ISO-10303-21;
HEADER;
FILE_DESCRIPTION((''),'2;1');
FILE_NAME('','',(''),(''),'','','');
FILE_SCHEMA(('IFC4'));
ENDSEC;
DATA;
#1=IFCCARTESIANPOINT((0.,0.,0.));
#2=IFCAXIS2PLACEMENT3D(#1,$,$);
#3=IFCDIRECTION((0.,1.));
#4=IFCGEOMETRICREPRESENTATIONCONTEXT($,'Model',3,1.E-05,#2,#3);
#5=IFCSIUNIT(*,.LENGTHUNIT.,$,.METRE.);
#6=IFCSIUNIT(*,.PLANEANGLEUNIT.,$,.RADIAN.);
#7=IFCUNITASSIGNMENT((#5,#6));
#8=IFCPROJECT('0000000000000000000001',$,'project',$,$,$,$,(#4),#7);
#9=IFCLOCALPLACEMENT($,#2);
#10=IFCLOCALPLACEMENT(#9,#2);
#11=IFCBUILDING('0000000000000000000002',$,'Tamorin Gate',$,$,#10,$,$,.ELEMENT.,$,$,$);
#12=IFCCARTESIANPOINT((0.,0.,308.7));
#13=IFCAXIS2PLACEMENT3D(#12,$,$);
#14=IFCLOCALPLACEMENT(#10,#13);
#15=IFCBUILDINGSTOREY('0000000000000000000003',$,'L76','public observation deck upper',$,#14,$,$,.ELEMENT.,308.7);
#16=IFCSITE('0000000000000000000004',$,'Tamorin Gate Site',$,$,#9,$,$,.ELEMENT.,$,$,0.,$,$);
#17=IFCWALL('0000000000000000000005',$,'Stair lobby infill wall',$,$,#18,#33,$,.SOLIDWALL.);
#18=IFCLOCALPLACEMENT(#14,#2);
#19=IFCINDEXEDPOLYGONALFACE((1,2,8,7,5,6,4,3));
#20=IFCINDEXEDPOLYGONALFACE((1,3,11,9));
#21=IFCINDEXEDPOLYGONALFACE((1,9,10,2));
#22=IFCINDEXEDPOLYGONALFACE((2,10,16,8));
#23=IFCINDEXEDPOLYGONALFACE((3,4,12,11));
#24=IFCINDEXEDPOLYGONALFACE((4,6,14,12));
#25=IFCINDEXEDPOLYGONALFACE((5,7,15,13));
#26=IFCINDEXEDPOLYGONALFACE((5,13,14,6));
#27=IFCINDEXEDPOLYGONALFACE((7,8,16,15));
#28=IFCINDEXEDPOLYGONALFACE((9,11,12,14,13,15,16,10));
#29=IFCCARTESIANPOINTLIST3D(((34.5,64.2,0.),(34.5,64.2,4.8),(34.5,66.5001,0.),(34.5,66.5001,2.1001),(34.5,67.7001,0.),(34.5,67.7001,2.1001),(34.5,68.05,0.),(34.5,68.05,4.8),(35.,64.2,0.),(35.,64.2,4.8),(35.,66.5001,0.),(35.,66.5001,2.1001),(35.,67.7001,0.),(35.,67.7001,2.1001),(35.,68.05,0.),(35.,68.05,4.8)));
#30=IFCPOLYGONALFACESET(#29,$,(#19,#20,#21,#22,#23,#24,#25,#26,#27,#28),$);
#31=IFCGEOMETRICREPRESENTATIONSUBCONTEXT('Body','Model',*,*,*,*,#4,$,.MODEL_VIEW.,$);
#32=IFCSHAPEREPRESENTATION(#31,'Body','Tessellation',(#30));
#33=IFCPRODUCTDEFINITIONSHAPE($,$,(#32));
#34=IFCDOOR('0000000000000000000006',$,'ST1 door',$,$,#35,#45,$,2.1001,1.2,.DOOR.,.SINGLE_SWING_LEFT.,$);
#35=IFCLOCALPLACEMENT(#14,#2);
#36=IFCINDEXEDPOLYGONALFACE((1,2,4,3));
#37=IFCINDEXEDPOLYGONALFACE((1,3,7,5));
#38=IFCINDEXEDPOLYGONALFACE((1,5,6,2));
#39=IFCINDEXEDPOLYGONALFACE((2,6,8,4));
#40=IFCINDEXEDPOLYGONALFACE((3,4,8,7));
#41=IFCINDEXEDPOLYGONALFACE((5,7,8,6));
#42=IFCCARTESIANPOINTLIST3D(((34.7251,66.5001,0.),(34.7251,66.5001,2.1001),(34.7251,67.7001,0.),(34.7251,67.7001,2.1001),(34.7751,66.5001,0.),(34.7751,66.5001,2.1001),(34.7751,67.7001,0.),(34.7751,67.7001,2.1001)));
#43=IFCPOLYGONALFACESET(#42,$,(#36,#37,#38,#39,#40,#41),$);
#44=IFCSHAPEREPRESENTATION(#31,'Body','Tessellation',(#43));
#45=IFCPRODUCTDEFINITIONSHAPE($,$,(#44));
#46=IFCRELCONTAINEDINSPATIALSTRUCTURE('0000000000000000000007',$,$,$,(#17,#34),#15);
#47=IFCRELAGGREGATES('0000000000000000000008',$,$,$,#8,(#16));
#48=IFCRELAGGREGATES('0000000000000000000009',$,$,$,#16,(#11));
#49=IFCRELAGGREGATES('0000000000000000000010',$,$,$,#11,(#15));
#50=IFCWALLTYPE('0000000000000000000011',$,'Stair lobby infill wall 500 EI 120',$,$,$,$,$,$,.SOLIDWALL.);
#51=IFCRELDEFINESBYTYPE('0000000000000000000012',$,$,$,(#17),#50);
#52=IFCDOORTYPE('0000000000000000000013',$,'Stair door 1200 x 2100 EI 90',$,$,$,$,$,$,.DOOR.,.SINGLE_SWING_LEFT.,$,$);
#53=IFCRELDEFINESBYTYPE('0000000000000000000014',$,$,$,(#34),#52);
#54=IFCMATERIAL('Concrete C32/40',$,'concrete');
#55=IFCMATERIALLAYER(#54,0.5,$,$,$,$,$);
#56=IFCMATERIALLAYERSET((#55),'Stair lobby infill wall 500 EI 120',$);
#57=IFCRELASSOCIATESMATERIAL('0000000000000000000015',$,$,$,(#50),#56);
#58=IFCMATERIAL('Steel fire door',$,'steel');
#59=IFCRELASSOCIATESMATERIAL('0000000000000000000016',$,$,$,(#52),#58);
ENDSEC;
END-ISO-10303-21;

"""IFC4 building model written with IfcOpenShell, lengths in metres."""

from ifc_helpers import new_model, si_unit, direction, frame, frame_2d, origin, place, context, subcontext, project, spatial, rectangle, extrude, material, layer, layer_set, type_object, element, fill, save


model = new_model("IFC4")

# Units and contexts
model_context = context("Model", 3, precision=1e-05, world=origin(), true_north=direction((0.0, 1.0)))
body_context = subcontext(model_context, "Body", "Model", "MODEL_VIEW")
ifc_project = project(units=[si_unit("LENGTHUNIT", "METRE"), si_unit("PLANEANGLEUNIT", "RADIAN")], contexts=[model_context])

# Site, building, storey
site_placement = place(None, origin())
site = spatial("IfcSite", under=ifc_project, at=site_placement, Name="Tamorin Gate Site", CompositionType="ELEMENT", RefElevation=0.0)
building_placement = place(site_placement, origin())
building = spatial("IfcBuilding", under=site, at=building_placement, Name="Tamorin Gate", CompositionType="ELEMENT")
storey_placement = place(building_placement, frame((0.0, 0.0, 308.7)))
storey = spatial("IfcBuildingStorey", under=building, at=storey_placement, Name="L76", Description="public observation deck upper", CompositionType="ELEMENT", Elevation=308.7)

# Wall, opening, door
ifc_material_1 = material(Name="Concrete C32/40", Category="concrete")
ifc_layer_1 = layer(ifc_material_1, 0.5)
ifc_layer_set_1 = layer_set([ifc_layer_1], Name="Stair lobby infill wall 500 EI 120")
wall_type_1 = type_object("IfcWallType", Name="Stair lobby infill wall 500 EI 120", PredefinedType="SOLIDWALL", material=ifc_layer_set_1)
wall_1_placement = place(storey_placement, frame((34.75, 64.2, 0.0), z_axis=(0.0, 0.0, 1.0), x_axis=(0.0, 1.0, 0.0)))
wall_1 = element("IfcWall", 1, at=wall_1_placement, inside=storey, type_object=wall_type_1, Name="Stair lobby infill wall", PredefinedType="SOLIDWALL", context=body_context, shape_type="SweptSolid", body=[
    extrude(rectangle(XDim=3.8501, YDim=0.5, at=frame_2d((1.925, 0.0))), origin(), (0.0, 0.0, 1.0), 4.8),
])
opening_1_placement = place(wall_1_placement, frame((2.3, 0.0, 0.0)))
opening_1 = element("IfcOpeningElement", 2, at=opening_1_placement, cuts=wall_1, PredefinedType="OPENING", context=body_context, shape_type="SweptSolid", body=[
    extrude(rectangle(XDim=1.2, YDim=2.1001, at=frame_2d((0.6001, 1.05))), frame((0.0, 0.26, 0.0), z_axis=(0.0, -1.0, 0.0), x_axis=(1.0, 0.0, 0.0)), (0.0, 0.0, 1.0), 0.52),
])
ifc_material_2 = material(Name="Steel fire door", Category="steel")
door_type_1 = type_object("IfcDoorType", Name="Stair door 1200 x 2100 EI 90", OperationType="SINGLE_SWING_LEFT", PredefinedType="DOOR", material=ifc_material_2)
door_1_placement = place(opening_1_placement, origin())
door_1 = element("IfcDoor", 3, at=door_1_placement, inside=storey, type_object=door_type_1, Name="ST1 door", OperationType="SINGLE_SWING_LEFT", OverallHeight=2.1001, OverallWidth=1.2, PredefinedType="DOOR", context=body_context, shape_type="SweptSolid", body=[
    extrude(rectangle(XDim=1.2, YDim=2.1001, at=frame_2d((0.6001, 1.05))), frame((0.0, 0.0249, 0.0), z_axis=(0.0, -1.0, 0.0), x_axis=(1.0, 0.0, 0.0)), (0.0, 0.0, 1.0), 0.05),
])
fill(opening_1, door_1)

save(model, "model.ifc")
